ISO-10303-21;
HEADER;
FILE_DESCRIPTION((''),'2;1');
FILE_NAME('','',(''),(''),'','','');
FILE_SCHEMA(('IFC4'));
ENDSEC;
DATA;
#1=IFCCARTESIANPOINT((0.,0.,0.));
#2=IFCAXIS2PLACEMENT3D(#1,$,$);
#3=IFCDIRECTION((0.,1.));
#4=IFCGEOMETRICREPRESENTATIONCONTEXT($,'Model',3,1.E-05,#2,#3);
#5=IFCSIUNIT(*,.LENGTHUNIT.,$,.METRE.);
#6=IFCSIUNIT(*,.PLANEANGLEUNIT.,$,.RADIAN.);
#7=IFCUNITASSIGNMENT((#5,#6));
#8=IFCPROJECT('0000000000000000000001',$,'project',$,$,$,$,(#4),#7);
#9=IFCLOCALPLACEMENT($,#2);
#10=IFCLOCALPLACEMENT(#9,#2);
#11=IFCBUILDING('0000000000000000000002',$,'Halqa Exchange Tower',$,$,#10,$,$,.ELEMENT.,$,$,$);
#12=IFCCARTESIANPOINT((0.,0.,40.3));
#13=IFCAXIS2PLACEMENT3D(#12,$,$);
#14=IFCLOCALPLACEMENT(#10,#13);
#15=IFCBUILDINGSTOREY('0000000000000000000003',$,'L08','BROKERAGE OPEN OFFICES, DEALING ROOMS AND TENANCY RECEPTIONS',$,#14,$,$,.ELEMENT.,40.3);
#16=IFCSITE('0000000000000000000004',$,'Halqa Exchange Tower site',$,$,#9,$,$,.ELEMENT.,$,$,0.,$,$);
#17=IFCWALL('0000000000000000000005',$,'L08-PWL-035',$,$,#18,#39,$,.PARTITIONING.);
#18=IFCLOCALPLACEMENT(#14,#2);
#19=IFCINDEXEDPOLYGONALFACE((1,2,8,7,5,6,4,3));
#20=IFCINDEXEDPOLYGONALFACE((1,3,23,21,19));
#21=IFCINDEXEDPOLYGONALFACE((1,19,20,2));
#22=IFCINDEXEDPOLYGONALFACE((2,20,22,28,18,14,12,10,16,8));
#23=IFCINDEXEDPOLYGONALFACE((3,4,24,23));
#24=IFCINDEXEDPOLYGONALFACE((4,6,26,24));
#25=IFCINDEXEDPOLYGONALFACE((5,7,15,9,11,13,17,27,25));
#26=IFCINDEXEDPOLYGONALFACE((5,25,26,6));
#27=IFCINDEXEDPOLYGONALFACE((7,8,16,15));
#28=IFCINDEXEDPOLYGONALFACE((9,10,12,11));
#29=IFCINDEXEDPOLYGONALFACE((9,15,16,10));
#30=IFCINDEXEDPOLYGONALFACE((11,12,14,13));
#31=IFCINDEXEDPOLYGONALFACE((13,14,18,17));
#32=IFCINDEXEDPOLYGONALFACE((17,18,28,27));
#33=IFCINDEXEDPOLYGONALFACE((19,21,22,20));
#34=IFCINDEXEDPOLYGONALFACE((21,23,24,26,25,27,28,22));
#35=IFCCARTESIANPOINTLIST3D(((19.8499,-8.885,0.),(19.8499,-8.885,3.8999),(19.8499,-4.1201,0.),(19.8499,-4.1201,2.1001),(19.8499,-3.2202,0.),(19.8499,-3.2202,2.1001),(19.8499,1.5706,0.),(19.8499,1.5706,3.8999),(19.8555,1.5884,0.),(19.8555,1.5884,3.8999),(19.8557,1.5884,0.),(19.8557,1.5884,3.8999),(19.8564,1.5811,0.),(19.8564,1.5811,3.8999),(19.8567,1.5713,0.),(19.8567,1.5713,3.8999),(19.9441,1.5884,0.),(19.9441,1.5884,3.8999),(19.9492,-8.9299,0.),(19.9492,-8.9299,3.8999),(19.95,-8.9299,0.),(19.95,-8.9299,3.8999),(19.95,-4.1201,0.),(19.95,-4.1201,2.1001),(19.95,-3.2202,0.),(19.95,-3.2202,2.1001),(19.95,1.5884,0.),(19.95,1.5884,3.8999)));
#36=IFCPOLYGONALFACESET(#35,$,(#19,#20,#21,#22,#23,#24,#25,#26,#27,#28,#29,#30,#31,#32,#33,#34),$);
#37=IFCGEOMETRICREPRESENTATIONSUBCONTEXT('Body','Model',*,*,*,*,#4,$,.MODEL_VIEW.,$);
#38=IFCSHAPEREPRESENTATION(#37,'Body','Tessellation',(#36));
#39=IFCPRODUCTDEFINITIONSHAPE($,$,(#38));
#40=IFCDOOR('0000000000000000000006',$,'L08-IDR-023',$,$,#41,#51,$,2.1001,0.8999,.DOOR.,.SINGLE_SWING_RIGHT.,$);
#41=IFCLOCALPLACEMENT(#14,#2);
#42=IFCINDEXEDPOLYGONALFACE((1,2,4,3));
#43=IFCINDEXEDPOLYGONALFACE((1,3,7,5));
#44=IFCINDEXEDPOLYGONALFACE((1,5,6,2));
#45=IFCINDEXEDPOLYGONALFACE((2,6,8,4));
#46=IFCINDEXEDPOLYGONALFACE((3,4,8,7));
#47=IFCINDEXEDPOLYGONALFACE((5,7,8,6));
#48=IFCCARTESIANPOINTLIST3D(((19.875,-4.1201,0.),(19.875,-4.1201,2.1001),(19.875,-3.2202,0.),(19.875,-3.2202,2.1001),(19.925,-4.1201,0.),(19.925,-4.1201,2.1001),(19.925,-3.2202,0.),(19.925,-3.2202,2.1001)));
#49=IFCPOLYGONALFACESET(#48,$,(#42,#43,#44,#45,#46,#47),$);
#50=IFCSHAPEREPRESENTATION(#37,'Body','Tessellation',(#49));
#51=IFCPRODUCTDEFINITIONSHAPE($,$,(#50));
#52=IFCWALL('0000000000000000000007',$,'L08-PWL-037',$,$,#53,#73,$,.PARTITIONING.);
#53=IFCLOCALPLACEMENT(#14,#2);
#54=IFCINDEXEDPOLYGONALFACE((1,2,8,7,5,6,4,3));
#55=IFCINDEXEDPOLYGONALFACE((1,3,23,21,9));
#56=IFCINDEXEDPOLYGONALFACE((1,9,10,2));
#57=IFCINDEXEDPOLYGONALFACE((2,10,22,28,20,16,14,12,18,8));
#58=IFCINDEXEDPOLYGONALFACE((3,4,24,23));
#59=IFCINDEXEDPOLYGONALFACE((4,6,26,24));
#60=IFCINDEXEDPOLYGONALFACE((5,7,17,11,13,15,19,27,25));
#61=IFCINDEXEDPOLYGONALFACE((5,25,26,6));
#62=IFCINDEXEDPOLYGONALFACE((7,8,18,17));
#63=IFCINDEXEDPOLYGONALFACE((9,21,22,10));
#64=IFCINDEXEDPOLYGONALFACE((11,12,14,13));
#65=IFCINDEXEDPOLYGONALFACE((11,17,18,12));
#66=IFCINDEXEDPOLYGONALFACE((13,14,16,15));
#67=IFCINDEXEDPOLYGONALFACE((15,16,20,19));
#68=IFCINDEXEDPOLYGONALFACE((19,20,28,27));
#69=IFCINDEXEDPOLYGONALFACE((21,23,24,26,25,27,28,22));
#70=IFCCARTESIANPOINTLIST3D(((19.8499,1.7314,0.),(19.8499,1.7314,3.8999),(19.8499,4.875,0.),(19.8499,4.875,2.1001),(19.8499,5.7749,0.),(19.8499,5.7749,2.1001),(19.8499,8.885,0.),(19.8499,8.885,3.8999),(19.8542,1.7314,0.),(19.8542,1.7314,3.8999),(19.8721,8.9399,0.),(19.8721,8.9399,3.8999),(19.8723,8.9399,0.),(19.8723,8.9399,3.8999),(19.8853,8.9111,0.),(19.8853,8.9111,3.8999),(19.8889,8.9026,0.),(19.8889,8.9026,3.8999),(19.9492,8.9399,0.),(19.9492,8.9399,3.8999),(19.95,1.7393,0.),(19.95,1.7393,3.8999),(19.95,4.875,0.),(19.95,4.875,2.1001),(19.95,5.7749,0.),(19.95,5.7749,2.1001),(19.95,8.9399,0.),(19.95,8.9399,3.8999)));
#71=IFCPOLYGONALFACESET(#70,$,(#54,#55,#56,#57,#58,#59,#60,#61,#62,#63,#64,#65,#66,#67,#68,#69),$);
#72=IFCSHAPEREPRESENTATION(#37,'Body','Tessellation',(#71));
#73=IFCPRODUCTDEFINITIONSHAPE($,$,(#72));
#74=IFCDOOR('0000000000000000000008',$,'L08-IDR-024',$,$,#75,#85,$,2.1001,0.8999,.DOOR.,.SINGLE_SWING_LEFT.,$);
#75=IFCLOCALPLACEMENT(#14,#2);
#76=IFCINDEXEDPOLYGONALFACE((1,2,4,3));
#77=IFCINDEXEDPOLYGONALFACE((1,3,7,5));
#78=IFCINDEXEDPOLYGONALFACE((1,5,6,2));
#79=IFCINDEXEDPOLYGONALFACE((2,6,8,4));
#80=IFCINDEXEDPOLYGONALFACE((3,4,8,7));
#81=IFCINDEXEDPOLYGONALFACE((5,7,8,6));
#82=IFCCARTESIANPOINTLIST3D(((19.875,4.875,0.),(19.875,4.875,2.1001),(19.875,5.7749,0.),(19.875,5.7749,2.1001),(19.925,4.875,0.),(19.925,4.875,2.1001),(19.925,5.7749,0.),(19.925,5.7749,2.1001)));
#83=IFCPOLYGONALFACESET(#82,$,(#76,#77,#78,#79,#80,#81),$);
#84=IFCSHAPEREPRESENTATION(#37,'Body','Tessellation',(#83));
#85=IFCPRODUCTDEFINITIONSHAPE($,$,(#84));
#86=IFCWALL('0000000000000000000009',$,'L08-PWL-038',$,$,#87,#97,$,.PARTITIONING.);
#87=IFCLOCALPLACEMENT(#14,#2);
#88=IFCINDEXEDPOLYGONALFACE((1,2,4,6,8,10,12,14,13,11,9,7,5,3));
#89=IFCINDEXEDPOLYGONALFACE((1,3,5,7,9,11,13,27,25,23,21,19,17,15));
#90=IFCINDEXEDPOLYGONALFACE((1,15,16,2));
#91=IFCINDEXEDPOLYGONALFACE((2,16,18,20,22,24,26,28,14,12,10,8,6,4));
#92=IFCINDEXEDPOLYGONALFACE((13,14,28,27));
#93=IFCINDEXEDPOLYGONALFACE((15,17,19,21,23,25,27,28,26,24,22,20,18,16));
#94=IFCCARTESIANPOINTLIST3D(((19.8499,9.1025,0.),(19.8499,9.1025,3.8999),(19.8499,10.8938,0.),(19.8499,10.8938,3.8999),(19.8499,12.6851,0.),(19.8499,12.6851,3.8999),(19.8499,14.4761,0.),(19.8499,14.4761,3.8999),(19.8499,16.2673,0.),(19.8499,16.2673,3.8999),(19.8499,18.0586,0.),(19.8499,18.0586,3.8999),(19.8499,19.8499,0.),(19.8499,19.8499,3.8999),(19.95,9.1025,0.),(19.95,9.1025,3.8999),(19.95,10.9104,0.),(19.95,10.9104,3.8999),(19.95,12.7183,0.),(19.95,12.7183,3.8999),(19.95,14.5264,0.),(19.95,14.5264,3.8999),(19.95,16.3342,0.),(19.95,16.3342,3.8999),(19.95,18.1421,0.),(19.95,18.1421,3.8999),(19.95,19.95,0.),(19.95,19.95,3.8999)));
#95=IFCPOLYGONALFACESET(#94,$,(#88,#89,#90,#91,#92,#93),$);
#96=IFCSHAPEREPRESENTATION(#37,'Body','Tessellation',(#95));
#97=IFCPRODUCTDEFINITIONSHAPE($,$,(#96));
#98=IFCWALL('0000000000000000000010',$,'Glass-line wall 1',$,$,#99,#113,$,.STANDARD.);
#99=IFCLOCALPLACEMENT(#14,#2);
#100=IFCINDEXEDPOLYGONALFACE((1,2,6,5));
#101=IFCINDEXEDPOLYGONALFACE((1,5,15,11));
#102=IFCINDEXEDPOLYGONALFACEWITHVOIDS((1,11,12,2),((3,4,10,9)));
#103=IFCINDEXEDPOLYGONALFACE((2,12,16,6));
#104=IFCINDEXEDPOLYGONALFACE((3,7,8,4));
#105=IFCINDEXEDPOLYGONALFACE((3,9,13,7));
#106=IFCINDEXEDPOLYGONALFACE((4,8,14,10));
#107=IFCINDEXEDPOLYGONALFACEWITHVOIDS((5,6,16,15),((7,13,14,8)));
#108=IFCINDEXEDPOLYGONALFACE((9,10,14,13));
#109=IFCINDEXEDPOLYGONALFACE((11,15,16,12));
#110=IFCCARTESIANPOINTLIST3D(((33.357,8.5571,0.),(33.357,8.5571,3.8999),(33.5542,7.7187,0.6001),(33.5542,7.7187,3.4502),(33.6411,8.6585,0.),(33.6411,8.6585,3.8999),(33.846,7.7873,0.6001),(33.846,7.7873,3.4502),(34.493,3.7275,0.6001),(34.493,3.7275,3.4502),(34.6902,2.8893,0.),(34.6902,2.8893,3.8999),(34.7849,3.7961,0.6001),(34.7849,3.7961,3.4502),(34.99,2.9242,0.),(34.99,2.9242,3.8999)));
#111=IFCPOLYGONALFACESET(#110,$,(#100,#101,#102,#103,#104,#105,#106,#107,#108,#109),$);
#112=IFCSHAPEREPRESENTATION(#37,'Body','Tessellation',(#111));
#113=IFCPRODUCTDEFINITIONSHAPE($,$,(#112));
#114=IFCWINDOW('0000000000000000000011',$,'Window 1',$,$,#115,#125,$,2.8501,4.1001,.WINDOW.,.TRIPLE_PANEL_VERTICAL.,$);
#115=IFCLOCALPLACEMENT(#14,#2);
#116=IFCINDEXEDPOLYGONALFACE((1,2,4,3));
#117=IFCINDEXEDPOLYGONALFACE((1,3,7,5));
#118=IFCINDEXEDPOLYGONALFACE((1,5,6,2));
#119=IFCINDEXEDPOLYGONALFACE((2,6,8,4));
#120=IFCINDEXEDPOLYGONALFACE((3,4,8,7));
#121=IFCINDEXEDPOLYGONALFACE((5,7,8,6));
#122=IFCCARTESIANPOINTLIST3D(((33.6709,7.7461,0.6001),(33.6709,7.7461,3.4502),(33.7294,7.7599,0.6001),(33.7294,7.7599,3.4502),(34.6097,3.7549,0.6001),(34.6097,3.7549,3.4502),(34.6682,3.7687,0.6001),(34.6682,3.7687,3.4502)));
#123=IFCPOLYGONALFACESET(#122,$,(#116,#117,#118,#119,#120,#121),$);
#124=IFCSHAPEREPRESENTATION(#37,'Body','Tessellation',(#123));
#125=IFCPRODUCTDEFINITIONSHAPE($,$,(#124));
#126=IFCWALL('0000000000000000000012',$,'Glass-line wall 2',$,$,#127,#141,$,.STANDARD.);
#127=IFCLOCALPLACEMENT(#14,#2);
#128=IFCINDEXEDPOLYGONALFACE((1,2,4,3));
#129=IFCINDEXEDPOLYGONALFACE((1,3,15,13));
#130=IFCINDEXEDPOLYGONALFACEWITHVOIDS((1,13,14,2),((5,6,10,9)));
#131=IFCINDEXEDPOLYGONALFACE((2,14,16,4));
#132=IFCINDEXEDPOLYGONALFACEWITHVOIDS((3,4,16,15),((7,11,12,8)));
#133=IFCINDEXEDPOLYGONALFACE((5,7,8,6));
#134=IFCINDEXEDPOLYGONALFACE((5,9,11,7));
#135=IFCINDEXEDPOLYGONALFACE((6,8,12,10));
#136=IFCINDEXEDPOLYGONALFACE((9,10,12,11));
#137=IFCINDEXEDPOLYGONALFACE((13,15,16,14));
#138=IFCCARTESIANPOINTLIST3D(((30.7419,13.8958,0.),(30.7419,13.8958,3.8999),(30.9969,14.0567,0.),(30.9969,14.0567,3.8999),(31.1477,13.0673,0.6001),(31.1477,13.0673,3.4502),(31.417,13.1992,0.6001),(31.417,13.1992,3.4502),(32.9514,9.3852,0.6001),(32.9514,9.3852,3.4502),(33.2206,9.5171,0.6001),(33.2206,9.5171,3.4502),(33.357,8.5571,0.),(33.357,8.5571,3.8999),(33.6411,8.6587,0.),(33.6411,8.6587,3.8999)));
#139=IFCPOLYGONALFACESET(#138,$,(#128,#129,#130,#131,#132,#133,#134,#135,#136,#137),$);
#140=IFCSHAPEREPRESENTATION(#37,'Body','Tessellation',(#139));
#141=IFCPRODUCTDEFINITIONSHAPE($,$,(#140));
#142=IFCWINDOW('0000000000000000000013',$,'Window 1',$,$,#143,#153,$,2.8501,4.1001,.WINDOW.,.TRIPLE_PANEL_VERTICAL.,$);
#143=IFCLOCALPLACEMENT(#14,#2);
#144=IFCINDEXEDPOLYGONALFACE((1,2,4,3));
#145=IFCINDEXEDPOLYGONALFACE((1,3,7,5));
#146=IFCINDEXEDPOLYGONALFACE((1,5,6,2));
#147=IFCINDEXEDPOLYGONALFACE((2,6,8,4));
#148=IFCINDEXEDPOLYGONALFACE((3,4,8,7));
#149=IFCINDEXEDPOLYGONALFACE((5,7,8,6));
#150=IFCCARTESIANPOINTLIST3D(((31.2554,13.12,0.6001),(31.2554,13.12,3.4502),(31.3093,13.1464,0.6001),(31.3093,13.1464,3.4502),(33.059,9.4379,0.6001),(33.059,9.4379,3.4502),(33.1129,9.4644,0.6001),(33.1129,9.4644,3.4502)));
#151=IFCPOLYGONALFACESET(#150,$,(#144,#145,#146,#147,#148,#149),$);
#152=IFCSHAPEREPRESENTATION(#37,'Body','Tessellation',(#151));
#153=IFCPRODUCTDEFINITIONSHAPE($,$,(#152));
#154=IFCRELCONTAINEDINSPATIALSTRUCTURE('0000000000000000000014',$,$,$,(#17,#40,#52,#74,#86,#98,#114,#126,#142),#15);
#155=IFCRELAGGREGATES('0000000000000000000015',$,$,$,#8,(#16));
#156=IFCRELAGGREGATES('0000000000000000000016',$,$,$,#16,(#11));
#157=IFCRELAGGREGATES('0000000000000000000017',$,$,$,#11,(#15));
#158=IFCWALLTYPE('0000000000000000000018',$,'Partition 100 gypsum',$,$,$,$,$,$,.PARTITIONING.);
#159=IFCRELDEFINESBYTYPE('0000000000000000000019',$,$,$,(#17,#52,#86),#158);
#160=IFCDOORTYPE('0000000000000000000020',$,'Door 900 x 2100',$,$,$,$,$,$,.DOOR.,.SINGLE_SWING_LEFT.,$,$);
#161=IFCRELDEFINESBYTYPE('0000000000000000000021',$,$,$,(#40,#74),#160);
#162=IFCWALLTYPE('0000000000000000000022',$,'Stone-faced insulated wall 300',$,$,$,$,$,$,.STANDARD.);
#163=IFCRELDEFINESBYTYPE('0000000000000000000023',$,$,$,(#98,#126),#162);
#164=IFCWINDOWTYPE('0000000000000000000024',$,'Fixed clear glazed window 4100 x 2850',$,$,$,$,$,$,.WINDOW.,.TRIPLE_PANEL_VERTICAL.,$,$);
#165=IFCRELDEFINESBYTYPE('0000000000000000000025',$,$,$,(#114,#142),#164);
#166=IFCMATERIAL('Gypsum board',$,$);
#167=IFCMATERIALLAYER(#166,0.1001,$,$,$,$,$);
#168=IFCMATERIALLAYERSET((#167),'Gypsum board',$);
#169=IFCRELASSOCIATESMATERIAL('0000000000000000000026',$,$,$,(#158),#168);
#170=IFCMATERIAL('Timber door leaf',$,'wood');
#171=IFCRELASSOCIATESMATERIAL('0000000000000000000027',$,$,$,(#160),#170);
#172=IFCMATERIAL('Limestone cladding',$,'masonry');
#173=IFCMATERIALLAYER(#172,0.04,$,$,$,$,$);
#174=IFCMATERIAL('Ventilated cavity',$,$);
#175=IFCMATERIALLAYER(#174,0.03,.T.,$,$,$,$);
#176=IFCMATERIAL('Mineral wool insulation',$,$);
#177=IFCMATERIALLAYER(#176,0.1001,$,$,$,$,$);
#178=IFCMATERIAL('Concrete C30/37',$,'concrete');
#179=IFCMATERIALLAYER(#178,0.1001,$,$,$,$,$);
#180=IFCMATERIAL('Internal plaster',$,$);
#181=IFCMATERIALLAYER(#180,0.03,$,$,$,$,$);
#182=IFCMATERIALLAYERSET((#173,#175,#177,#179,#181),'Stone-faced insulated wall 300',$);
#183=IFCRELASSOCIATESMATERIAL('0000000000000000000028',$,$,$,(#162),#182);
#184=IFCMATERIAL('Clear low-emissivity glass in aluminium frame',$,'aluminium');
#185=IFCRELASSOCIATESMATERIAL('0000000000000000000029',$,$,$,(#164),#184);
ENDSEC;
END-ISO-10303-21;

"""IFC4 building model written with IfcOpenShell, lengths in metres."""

from ifc_helpers import new_model, si_unit, direction, frame, frame_2d, origin, place, context, subcontext, project, spatial, polyline, rectangle, outline, extrude, material, layer, layer_set, type_object, element, fill, save


model = new_model("IFC4")

# Units and contexts
model_context = context("Model", 3, precision=1e-05, world=origin(), true_north=direction((0.0, 1.0)))
body_context = subcontext(model_context, "Body", "Model", "MODEL_VIEW")
ifc_project = project(units=[si_unit("LENGTHUNIT", "METRE"), si_unit("PLANEANGLEUNIT", "RADIAN")], contexts=[model_context])

# Site, building, storey
site_placement = place(None, origin())
site = spatial("IfcSite", under=ifc_project, at=site_placement, Name="Halqa Exchange Tower site", CompositionType="ELEMENT", RefElevation=0.0)
building_placement = place(site_placement, origin())
building = spatial("IfcBuilding", under=site, at=building_placement, Name="Halqa Exchange Tower", CompositionType="ELEMENT")
storey_placement = place(building_placement, frame((0.0, 0.0, 40.3)))
storey = spatial("IfcBuildingStorey", under=building, at=storey_placement, Name="L08", Description="BROKERAGE OPEN OFFICES, DEALING ROOMS AND TENANCY RECEPTIONS", CompositionType="ELEMENT", Elevation=40.3)

# Walls, openings, doors
ifc_material_1 = material(Name="Gypsum board")
ifc_layer_1 = layer(ifc_material_1, 0.1001)
ifc_layer_set_1 = layer_set([ifc_layer_1], Name="Gypsum board")
wall_type_1 = type_object("IfcWallType", Name="Partition 100 gypsum", PredefinedType="PARTITIONING", material=ifc_layer_set_1)
wall_1_placement = place(storey_placement, frame((19.8999, 1.5884, 0.0), z_axis=(0.0, 0.0, 1.0), x_axis=(0.0, -1.0, 0.0)))
wall_1 = element("IfcWall", 1, at=wall_1_placement, inside=storey, type_object=wall_type_1, Name="L08-PWL-035", PredefinedType="PARTITIONING", context=body_context, shape_type="SweptSolid", body=[
    extrude(outline(polyline([(0.0178, -0.05), (1.7603, -0.05), (3.5029, -0.05), (5.2456, -0.05), (6.9883, -0.05), (8.731, -0.05), (10.4734, -0.05), (10.5183, 0.0493), (10.5183, 0.05), (8.7651, 0.05), (7.0122, 0.05), (5.2593, 0.05), (3.5061, 0.05), (1.7529, 0.05), (0.0, 0.05), (0.0, 0.0442), (0.0073, -0.0435), (0.0, -0.0442), (0.0, -0.0444), (0.0171, -0.0432), (0.0178, -0.05)])), origin(), (0.0, 0.0, 1.0), 3.8999),
])
opening_1_placement = place(wall_1_placement, frame((4.8086, 0.0, 0.0)))
opening_1 = element("IfcOpeningElement", 2, at=opening_1_placement, cuts=wall_1, PredefinedType="OPENING", context=body_context, shape_type="SweptSolid", body=[
    extrude(rectangle(XDim=0.8999, YDim=2.1001, at=frame_2d((0.45, 1.05))), frame((0.0, 0.062, 0.0), z_axis=(0.0, -1.0, 0.0), x_axis=(1.0, 0.0, 0.0)), (0.0, 0.0, 1.0), 0.124),
])
ifc_material_2 = material(Name="Timber door leaf", Category="wood")
door_type = type_object("IfcDoorType", Name="Door 900 x 2100", OperationType="SINGLE_SWING_LEFT", PredefinedType="DOOR", material=ifc_material_2)
door_1_placement = place(opening_1_placement, frame((0.8999, 0.0, 0.0), z_axis=(0.0, 0.0, 1.0), x_axis=(-1.0, 0.0, 0.0)))
door_1 = element("IfcDoor", 3, at=door_1_placement, inside=storey, type_object=door_type, Name="L08-IDR-023", OperationType="SINGLE_SWING_RIGHT", OverallHeight=2.1001, OverallWidth=0.8999, PredefinedType="DOOR", context=body_context, shape_type="SweptSolid", body=[
    extrude(rectangle(XDim=0.8999, YDim=2.1001, at=frame_2d((0.45, 1.05))), frame((0.0, 0.0249, 0.0), z_axis=(0.0, -1.0, 0.0), x_axis=(1.0, 0.0, 0.0)), (0.0, 0.0, 1.0), 0.05),
])
fill(opening_1, door_1)
wall_2_placement = place(storey_placement, frame((19.8999, 8.9399, 0.0), z_axis=(0.0, 0.0, 1.0), x_axis=(0.0, -1.0, 0.0)))
wall_2 = element("IfcWall", 4, at=wall_2_placement, inside=storey, type_object=wall_type_1, Name="L08-PWL-037", PredefinedType="PARTITIONING", context=body_context, shape_type="SweptSolid", body=[
    extrude(outline(polyline([(7.2085, -0.05), (7.2085, -0.0457), (7.2007, 0.05), (5.4004, 0.05), (3.6003, 0.05), (1.8, 0.05), (0.0, 0.05), (0.0, 0.0493), (0.0288, -0.0146), (0.0, -0.0276), (0.0, -0.0278), (0.0374, -0.011), (0.0549, -0.05), (1.8433, -0.05), (3.6316, -0.05), (5.4202, -0.05), (7.2085, -0.05)])), origin(), (0.0, 0.0, 1.0), 3.8999),
])
opening_2_placement = place(wall_2_placement, frame((3.165, 0.0, 0.0)))
opening_2 = element("IfcOpeningElement", 5, at=opening_2_placement, cuts=wall_2, PredefinedType="OPENING", context=body_context, shape_type="SweptSolid", body=[
    extrude(rectangle(XDim=0.8999, YDim=2.1001, at=frame_2d((0.45, 1.05))), frame((0.0, 0.062, 0.0), z_axis=(0.0, -1.0, 0.0), x_axis=(1.0, 0.0, 0.0)), (0.0, 0.0, 1.0), 0.124),
])
door_2_placement = place(opening_2_placement, frame((0.8999, 0.0, 0.0), z_axis=(0.0, 0.0, 1.0), x_axis=(-1.0, 0.0, 0.0)))
door_2 = element("IfcDoor", 6, at=door_2_placement, inside=storey, type_object=door_type, Name="L08-IDR-024", OperationType="SINGLE_SWING_LEFT", OverallHeight=2.1001, OverallWidth=0.8999, PredefinedType="DOOR", context=body_context, shape_type="SweptSolid", body=[
    extrude(rectangle(XDim=0.8999, YDim=2.1001, at=frame_2d((0.45, 1.05))), frame((0.0, 0.0249, 0.0), z_axis=(0.0, -1.0, 0.0), x_axis=(1.0, 0.0, 0.0)), (0.0, 0.0, 1.0), 0.05),
])
fill(opening_2, door_2)

# Wall
wall_3_placement = place(storey_placement, frame((19.8999, 9.1025, 0.0), z_axis=(0.0, 0.0, 1.0), x_axis=(0.0, 1.0, 0.0)))
element("IfcWall", 7, at=wall_3_placement, inside=storey, type_object=wall_type_1, Name="L08-PWL-038", PredefinedType="PARTITIONING", context=body_context, shape_type="SweptSolid", body=[
    extrude(outline(polyline([(0.0, -0.05), (1.8079, -0.05), (3.6157, -0.05), (5.4238, -0.05), (7.2317, -0.05), (9.0396, -0.05), (10.8474, -0.05), (10.7473, 0.05), (8.9561, 0.05), (7.1648, 0.05), (5.3735, 0.05), (3.5825, 0.05), (1.7913, 0.05), (0.0, 0.05), (0.0, -0.05)])), origin(), (0.0, 0.0, 1.0), 3.8999),
])

# Walls, openings, windows
ifc_material_3 = material(Name="Limestone cladding", Category="masonry")
ifc_layer_2 = layer(ifc_material_3, 0.04)
ifc_material_4 = material(Name="Ventilated cavity")
ifc_layer_3 = layer(ifc_material_4, 0.03, ventilated=True)
ifc_material_5 = material(Name="Mineral wool insulation")
ifc_layer_4 = layer(ifc_material_5, 0.1001)
ifc_material_6 = material(Name="Concrete C30/37", Category="concrete")
ifc_layer_5 = layer(ifc_material_6, 0.1001)
ifc_material_7 = material(Name="Internal plaster")
ifc_layer_6 = layer(ifc_material_7, 0.03)
ifc_layer_set_2 = layer_set([ifc_layer_2, ifc_layer_3, ifc_layer_4, ifc_layer_5, ifc_layer_6], Name="Stone-faced insulated wall 300")
wall_type_2 = type_object("IfcWallType", Name="Stone-faced insulated wall 300", PredefinedType="STANDARD", material=ifc_layer_set_2)
wall_4_placement = place(storey_placement, frame((34.8401, 2.9067, 0.0), z_axis=(0.0, 0.0, 1.0), x_axis=(-0.228977, 0.973432, 0.0)))
wall_4 = element("IfcWall", 8, at=wall_4_placement, inside=storey, type_object=wall_type_2, Name="Glass-line wall 1", PredefinedType="STANDARD", context=body_context, shape_type="SweptSolid", body=[
    extrude(outline(polyline([(-0.0173, -0.1499), (5.8735, -0.1499), (5.8398, 0.1499), (0.0173, 0.1499), (-0.0173, -0.1499)])), origin(), (0.0, 0.0, 1.0), 3.8999),
])
opening_3_placement = place(wall_4_placement, frame((0.8784, 0.0, 0.6001)))
opening_3 = element("IfcOpeningElement", 9, at=opening_3_placement, cuts=wall_4, PredefinedType="OPENING", context=body_context, shape_type="SweptSolid", body=[
    extrude(rectangle(XDim=4.1001, YDim=2.8501, at=frame_2d((2.05, 1.425))), frame((0.0, 0.1621, 0.0), z_axis=(0.0, -1.0, 0.0), x_axis=(1.0, 0.0, 0.0)), (0.0, 0.0, 1.0), 0.324),
])
ifc_material_8 = material(Name="Clear low-emissivity glass in aluminium frame", Category="aluminium")
window_type = type_object("IfcWindowType", Name="Fixed clear glazed window 4100 x 2850", PartitioningType="TRIPLE_PANEL_VERTICAL", PredefinedType="WINDOW", material=ifc_material_8)
window_1_placement = place(opening_3_placement, origin())
window_1 = element("IfcWindow", 10, at=window_1_placement, inside=storey, type_object=window_type, Name="Window 1", OverallHeight=2.8501, OverallWidth=4.1001, PartitioningType="TRIPLE_PANEL_VERTICAL", PredefinedType="WINDOW", context=body_context, shape_type="SweptSolid", body=[
    extrude(rectangle(XDim=4.1001, YDim=2.8501, at=frame_2d((2.05, 1.425))), frame((0.0, 0.03, 0.0), z_axis=(0.0, -1.0, 0.0), x_axis=(1.0, 0.0, 0.0)), (0.0, 0.0, 1.0), 0.0601),
])
fill(opening_3, window_1)
wall_5_placement = place(storey_placement, frame((33.499, 8.6079, 0.0), z_axis=(0.0, 0.0, 1.0), x_axis=(-0.439896, 0.898049, 0.0)))
wall_5 = element("IfcWall", 11, at=wall_5_placement, inside=storey, type_object=wall_type_2, Name="Glass-line wall 2", PredefinedType="STANDARD", context=body_context, shape_type="SweptSolid", body=[
    extrude(outline(polyline([(-0.0168, -0.1499), (5.9939, -0.1499), (5.9617, 0.1499), (0.0168, 0.1499), (-0.0168, -0.1499)])), origin(), (0.0, 0.0, 1.0), 3.8999),
])
opening_4_placement = place(wall_5_placement, frame((0.939, 0.0, 0.6001)))
opening_4 = element("IfcOpeningElement", 12, at=opening_4_placement, cuts=wall_5, PredefinedType="OPENING", context=body_context, shape_type="SweptSolid", body=[
    extrude(rectangle(XDim=4.1001, YDim=2.8501, at=frame_2d((2.05, 1.425))), frame((0.0, 0.1621, 0.0), z_axis=(0.0, -1.0, 0.0), x_axis=(1.0, 0.0, 0.0)), (0.0, 0.0, 1.0), 0.324),
])
window_2_placement = place(opening_4_placement, origin())
window_2 = element("IfcWindow", 13, at=window_2_placement, inside=storey, type_object=window_type, Name="Window 1", OverallHeight=2.8501, OverallWidth=4.1001, PartitioningType="TRIPLE_PANEL_VERTICAL", PredefinedType="WINDOW", context=body_context, shape_type="SweptSolid", body=[
    extrude(rectangle(XDim=4.1001, YDim=2.8501, at=frame_2d((2.05, 1.425))), frame((0.0, 0.03, 0.0), z_axis=(0.0, -1.0, 0.0), x_axis=(1.0, 0.0, 0.0)), (0.0, 0.0, 1.0), 0.0601),
])
fill(opening_4, window_2)

save(model, "model.ifc")
